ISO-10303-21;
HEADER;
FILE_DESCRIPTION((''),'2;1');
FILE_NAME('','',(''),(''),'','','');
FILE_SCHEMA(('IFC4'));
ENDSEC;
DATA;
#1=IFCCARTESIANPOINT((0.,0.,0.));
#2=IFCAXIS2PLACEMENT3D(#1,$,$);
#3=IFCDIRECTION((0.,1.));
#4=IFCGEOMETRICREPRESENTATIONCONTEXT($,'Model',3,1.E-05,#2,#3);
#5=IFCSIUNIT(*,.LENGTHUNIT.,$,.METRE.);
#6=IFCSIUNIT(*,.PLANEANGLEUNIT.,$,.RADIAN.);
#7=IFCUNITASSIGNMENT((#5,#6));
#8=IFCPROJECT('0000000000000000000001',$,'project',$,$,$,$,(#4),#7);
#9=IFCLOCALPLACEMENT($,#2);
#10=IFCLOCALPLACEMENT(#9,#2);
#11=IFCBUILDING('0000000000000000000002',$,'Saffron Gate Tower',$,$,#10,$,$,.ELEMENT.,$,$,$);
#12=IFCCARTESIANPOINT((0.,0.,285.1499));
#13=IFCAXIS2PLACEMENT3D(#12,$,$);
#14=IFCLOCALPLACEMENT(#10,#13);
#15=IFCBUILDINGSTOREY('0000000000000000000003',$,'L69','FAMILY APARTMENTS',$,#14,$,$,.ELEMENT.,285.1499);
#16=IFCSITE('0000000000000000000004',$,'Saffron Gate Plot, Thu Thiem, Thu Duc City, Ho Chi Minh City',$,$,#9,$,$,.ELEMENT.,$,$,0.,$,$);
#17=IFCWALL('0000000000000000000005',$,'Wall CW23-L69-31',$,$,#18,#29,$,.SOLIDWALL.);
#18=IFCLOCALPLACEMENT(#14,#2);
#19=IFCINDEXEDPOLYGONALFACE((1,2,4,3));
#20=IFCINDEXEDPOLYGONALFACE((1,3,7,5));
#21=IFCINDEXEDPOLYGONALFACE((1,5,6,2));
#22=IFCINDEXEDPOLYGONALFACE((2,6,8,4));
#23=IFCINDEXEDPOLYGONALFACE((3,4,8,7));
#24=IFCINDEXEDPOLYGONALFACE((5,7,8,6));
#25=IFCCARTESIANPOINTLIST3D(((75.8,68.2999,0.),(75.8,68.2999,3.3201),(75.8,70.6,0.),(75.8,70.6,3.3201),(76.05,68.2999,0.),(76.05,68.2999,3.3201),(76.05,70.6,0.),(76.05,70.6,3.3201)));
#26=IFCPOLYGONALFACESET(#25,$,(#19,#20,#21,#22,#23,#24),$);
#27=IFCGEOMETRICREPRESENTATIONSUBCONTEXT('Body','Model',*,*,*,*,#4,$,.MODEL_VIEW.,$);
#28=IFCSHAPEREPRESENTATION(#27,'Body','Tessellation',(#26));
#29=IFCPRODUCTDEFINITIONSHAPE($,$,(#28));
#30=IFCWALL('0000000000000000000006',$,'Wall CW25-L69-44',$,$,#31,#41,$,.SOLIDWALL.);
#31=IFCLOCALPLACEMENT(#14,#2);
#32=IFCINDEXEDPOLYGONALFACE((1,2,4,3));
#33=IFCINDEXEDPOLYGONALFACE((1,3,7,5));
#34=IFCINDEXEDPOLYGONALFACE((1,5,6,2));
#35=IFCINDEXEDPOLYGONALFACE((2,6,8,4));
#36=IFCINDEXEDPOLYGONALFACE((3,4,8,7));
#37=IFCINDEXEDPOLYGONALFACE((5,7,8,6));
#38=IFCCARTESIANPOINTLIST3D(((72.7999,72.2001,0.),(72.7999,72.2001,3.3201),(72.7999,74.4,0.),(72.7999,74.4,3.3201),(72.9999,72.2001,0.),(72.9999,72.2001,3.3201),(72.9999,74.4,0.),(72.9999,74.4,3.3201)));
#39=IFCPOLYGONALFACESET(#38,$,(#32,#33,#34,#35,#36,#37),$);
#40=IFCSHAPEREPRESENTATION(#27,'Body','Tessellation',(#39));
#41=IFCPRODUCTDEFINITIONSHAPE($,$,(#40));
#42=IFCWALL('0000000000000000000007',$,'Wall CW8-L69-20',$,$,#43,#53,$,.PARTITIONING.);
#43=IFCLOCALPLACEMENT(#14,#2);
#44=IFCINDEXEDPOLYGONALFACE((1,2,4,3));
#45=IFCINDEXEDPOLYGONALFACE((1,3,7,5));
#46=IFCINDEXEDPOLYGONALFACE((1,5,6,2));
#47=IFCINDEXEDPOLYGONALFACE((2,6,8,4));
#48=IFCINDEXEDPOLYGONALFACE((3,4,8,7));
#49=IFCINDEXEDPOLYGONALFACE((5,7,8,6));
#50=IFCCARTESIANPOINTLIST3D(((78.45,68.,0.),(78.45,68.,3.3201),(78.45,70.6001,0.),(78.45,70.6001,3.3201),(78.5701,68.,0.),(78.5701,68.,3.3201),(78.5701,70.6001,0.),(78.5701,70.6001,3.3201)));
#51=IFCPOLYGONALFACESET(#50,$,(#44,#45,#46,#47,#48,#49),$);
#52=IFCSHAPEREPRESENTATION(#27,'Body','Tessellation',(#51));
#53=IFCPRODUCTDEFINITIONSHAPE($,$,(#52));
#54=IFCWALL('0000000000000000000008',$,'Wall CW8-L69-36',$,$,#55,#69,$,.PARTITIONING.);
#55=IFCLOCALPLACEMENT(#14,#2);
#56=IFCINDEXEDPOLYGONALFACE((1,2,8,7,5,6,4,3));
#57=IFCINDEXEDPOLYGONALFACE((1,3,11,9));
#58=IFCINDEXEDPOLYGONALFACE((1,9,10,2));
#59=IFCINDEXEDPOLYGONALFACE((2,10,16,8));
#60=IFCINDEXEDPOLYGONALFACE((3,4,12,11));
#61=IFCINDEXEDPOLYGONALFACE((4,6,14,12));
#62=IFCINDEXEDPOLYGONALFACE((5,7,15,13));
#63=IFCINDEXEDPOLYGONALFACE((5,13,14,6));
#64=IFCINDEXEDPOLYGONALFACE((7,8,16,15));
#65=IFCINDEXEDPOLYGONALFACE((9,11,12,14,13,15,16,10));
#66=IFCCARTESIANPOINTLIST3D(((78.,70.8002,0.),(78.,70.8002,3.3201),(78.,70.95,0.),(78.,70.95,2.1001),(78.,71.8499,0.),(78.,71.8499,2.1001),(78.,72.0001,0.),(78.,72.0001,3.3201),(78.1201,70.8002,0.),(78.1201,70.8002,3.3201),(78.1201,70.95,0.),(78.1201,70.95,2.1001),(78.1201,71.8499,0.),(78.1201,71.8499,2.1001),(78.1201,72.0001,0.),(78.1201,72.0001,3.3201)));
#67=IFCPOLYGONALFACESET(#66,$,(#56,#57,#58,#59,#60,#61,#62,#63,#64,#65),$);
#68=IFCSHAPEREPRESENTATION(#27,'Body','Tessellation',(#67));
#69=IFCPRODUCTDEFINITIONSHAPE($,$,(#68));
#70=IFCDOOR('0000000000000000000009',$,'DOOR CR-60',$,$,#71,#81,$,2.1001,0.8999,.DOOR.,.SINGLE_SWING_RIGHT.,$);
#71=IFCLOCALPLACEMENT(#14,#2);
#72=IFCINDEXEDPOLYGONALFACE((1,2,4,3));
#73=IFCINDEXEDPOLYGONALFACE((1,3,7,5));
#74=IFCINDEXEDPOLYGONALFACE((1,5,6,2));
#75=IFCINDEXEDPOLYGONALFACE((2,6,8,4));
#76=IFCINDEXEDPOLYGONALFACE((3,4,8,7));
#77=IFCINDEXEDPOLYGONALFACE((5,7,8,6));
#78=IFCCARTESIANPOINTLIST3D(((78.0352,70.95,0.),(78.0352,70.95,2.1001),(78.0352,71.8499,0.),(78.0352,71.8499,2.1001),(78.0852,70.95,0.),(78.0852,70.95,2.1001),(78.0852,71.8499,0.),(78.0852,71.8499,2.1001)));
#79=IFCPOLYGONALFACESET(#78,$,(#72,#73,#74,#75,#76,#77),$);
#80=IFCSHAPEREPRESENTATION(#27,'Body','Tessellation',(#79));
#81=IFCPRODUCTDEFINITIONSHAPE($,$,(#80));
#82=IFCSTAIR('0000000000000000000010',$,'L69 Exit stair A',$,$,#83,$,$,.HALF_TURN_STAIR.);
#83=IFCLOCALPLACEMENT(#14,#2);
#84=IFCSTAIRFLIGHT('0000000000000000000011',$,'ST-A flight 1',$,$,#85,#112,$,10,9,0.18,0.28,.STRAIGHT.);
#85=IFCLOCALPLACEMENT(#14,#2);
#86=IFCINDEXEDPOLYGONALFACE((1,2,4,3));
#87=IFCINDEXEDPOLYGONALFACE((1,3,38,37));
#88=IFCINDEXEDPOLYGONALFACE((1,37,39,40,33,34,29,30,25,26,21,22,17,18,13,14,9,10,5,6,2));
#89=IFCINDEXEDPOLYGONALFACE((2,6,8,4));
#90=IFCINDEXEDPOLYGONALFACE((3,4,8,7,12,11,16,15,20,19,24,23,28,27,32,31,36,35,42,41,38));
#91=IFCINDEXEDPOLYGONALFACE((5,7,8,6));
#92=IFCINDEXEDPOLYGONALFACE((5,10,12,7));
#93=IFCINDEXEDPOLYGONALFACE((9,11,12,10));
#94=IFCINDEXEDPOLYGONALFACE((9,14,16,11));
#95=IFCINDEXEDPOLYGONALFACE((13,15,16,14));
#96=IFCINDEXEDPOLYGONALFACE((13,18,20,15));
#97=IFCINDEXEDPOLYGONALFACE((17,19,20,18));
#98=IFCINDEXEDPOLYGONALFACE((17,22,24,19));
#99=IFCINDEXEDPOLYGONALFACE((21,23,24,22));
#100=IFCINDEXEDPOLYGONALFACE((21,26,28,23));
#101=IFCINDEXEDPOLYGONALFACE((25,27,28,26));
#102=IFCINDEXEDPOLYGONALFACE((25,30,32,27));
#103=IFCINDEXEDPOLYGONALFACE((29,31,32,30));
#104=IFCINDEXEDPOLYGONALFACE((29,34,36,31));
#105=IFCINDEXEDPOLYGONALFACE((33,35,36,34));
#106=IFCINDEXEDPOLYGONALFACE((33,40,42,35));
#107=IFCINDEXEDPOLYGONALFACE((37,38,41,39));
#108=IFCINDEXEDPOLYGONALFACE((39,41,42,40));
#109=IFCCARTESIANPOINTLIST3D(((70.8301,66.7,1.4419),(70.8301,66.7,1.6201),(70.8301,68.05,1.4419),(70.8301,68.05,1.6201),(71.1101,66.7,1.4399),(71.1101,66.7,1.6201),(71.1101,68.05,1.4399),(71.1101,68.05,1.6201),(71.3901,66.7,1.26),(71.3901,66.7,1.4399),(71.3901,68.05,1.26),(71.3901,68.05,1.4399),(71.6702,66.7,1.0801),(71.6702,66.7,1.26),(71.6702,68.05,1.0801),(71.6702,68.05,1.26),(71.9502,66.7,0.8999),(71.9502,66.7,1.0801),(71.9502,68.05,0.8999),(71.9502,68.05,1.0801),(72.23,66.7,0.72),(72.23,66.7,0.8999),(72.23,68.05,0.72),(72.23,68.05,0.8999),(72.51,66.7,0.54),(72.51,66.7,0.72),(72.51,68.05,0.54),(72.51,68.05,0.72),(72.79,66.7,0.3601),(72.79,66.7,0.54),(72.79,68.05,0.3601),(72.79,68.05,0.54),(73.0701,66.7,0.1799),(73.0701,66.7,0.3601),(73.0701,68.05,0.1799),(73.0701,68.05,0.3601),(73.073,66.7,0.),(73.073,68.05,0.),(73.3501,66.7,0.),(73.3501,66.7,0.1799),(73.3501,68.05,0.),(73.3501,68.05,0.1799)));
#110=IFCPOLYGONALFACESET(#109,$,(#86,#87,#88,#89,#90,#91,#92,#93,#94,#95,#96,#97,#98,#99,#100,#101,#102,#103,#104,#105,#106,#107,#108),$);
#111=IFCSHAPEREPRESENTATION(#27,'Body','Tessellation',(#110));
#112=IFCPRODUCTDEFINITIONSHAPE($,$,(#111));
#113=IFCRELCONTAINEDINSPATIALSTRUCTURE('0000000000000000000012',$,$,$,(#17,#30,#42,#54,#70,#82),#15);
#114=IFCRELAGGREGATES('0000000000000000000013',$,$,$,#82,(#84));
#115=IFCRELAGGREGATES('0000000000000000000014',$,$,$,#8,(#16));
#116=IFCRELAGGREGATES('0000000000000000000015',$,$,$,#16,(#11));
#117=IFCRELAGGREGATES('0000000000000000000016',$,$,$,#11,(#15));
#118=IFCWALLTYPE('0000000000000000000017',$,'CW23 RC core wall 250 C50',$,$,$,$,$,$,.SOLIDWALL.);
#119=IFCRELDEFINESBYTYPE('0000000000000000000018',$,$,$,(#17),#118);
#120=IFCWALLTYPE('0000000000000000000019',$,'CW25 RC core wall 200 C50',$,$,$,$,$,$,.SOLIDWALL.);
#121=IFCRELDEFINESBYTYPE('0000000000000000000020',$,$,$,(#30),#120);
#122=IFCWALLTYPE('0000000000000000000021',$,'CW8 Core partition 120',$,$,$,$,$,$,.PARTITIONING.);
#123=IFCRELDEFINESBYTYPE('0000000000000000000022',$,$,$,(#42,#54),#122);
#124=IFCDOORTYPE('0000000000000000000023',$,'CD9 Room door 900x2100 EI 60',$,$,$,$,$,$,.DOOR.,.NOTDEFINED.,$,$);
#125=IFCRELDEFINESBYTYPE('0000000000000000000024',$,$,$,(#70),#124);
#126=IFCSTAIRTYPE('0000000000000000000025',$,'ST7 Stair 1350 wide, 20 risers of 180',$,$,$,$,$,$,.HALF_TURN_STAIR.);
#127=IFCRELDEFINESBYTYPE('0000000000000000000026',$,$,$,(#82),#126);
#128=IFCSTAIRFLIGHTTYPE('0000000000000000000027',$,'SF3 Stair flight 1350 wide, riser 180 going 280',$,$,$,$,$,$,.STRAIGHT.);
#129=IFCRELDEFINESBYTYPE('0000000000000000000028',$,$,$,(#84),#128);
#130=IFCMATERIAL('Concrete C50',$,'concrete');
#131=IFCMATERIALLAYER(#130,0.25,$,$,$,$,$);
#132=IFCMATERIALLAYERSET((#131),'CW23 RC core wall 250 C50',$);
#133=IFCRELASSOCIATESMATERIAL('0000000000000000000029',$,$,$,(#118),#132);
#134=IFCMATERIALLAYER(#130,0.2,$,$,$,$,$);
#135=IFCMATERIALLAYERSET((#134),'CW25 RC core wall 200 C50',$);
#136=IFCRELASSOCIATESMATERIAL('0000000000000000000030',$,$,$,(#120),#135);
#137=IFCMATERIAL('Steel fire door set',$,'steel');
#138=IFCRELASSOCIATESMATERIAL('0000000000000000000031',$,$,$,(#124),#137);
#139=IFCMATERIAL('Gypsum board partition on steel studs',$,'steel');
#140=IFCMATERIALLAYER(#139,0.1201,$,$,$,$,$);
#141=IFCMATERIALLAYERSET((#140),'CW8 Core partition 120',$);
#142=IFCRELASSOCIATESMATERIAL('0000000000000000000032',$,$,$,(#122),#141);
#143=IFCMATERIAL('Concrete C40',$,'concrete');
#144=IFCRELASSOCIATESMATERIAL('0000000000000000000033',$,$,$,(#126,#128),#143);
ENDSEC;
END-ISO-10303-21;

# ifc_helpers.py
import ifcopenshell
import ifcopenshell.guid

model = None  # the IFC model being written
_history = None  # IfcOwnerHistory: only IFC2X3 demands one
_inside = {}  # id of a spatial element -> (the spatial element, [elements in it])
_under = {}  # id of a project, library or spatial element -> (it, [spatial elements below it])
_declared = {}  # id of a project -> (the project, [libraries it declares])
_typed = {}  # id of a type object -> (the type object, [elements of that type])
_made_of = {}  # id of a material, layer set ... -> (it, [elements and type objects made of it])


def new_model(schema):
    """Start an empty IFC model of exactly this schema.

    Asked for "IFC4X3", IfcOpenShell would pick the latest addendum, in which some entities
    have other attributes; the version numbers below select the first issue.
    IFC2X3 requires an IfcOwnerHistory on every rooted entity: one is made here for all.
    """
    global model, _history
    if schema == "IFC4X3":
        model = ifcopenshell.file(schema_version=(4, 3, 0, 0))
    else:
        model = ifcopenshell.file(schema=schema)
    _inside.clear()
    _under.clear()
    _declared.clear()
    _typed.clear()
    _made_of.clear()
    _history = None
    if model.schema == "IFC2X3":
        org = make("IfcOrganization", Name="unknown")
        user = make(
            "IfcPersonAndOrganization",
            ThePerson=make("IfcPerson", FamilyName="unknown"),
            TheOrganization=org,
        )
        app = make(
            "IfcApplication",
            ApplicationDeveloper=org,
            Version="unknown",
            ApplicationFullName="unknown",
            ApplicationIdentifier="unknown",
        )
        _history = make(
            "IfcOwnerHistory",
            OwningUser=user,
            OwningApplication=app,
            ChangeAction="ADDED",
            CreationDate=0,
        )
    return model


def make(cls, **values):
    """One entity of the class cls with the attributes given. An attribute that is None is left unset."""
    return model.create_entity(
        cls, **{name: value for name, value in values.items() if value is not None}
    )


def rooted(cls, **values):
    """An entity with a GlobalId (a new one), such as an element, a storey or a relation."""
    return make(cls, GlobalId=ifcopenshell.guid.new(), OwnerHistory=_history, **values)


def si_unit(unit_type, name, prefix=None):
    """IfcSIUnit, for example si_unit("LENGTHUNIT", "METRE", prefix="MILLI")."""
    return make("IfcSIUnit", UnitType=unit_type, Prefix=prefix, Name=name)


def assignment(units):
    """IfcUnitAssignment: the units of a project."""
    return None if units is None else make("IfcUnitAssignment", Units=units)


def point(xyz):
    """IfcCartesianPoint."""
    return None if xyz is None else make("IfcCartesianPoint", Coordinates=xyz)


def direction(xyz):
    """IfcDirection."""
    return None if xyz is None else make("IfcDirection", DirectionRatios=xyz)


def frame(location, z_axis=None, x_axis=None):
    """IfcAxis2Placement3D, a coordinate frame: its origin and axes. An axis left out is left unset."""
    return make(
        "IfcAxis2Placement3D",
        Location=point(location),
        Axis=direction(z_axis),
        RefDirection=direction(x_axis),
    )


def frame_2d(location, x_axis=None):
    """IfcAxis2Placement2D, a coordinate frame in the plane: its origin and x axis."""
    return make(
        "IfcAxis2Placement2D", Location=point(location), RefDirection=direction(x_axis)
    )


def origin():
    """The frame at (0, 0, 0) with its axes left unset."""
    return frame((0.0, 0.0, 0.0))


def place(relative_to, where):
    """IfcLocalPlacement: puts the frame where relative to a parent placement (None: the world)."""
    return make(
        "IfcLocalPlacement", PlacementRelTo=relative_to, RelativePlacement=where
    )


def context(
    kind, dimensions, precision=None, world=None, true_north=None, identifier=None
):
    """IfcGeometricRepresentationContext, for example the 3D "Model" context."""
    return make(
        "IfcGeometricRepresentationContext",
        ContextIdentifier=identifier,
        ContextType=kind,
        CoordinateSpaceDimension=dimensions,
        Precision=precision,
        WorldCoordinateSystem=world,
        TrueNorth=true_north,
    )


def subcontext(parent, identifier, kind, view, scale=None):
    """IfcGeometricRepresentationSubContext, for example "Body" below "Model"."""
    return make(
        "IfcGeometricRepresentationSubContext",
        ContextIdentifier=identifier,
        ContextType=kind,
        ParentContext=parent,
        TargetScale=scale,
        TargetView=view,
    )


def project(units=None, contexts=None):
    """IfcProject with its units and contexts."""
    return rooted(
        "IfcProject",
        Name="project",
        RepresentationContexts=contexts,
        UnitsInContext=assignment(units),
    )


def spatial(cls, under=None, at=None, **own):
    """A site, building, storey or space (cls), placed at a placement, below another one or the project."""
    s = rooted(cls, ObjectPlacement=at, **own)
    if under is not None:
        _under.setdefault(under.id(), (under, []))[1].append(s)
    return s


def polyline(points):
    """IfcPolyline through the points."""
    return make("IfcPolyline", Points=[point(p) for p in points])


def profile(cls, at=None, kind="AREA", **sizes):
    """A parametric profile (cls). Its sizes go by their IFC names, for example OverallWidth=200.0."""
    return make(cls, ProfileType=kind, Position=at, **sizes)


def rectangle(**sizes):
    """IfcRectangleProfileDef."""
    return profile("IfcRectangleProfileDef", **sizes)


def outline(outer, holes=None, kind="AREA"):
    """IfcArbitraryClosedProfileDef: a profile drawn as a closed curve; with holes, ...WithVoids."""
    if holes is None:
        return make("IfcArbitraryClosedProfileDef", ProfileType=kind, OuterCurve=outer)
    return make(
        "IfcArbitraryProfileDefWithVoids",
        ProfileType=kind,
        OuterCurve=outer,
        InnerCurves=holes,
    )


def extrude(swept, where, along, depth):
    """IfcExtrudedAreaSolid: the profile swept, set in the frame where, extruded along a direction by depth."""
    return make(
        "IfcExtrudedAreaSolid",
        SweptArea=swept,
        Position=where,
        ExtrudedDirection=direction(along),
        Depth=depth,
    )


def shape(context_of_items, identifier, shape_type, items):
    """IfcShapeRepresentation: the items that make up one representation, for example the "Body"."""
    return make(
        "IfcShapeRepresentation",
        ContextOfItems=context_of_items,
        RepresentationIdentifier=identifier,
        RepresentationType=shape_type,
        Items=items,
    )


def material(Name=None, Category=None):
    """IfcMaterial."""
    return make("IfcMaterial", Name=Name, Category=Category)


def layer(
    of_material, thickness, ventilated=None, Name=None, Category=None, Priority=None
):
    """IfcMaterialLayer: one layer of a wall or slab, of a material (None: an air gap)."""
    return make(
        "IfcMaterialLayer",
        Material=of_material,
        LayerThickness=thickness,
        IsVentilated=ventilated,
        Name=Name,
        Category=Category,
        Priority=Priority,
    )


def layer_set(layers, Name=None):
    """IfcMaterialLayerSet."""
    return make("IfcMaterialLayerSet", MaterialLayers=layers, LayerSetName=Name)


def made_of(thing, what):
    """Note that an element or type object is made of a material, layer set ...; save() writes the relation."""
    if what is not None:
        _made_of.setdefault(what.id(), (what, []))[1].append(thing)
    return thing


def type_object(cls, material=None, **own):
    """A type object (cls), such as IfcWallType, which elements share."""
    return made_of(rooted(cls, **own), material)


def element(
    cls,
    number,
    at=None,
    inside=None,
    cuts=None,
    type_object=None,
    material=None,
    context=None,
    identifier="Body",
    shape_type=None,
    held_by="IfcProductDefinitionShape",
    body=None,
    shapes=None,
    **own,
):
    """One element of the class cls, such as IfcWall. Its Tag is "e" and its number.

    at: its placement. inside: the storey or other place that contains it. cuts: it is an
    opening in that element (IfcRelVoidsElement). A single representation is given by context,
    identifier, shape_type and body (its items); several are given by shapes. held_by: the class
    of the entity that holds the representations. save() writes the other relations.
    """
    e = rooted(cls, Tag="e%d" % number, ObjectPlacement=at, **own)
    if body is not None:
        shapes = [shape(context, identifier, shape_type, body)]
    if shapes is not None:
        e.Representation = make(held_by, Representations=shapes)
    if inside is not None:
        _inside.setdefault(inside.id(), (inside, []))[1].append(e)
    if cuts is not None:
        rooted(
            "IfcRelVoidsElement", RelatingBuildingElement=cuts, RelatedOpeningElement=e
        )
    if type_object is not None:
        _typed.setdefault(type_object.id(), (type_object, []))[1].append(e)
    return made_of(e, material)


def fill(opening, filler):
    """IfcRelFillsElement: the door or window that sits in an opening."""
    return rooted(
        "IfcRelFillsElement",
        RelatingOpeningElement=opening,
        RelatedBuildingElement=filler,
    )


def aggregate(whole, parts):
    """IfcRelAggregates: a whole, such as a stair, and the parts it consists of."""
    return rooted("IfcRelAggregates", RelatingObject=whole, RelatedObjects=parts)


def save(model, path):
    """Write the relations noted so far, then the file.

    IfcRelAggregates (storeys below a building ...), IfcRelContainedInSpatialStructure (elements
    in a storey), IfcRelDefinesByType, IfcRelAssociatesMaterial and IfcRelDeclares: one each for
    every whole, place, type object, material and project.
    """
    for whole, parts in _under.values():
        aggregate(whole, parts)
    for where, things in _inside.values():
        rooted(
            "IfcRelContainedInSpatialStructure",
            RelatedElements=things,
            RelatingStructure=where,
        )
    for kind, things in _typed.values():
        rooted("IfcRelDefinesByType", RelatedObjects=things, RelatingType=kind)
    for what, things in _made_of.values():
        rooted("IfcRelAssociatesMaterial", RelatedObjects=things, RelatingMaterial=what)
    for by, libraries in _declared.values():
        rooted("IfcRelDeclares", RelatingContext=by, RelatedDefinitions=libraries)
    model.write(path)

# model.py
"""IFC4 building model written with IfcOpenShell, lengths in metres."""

from ifc_helpers import new_model, si_unit, direction, frame, frame_2d, origin, place, context, subcontext, project, spatial, polyline, rectangle, outline, extrude, material, layer, layer_set, type_object, element, fill, aggregate, save


model = new_model("IFC4")

# Units and contexts
model_context = context("Model", 3, precision=1e-05, world=origin(), true_north=direction((0.0, 1.0)))
body_context = subcontext(model_context, "Body", "Model", "MODEL_VIEW")
ifc_project = project(units=[si_unit("LENGTHUNIT", "METRE"), si_unit("PLANEANGLEUNIT", "RADIAN")], contexts=[model_context])

# Site, building, storey
site_placement = place(None, origin())
site = spatial("IfcSite", under=ifc_project, at=site_placement, Name="Saffron Gate Plot, Thu Thiem, Thu Duc City, Ho Chi Minh City", CompositionType="ELEMENT", RefElevation=0.0)
building_placement = place(site_placement, origin())
building = spatial("IfcBuilding", under=site, at=building_placement, Name="Saffron Gate Tower", CompositionType="ELEMENT")
storey_placement = place(building_placement, frame((0.0, 0.0, 285.1499)))
storey = spatial("IfcBuildingStorey", under=building, at=storey_placement, Name="L69", Description="FAMILY APARTMENTS", CompositionType="ELEMENT", Elevation=285.1499)

# Wall
ifc_material_1 = material(Name="Concrete C50", Category="concrete")
ifc_layer_1 = layer(ifc_material_1, 0.25)
ifc_layer_set_1 = layer_set([ifc_layer_1], Name="CW23 RC core wall 250 C50")
wall_type_1 = type_object("IfcWallType", Name="CW23 RC core wall 250 C50", PredefinedType="SOLIDWALL", material=ifc_layer_set_1)
wall_1_placement = place(storey_placement, frame((75.925, 68.3, 0.0), z_axis=(0.0, 0.0, 1.0), x_axis=(0.0, 1.0, 0.0)))
element("IfcWall", 1, at=wall_1_placement, inside=storey, type_object=wall_type_1, Name="Wall CW23-L69-31", PredefinedType="SOLIDWALL", context=body_context, shape_type="SweptSolid", body=[
    extrude(rectangle(XDim=2.3, YDim=0.25, at=frame_2d((1.1499, 0.0))), origin(), (0.0, 0.0, 1.0), 3.3201),
])

# Shared definitions
ifc_layer_2 = layer(ifc_material_1, 0.2)
ifc_layer_set_2 = layer_set([ifc_layer_2], Name="CW25 RC core wall 200 C50")
wall_type_2 = type_object("IfcWallType", Name="CW25 RC core wall 200 C50", PredefinedType="SOLIDWALL", material=ifc_layer_set_2)
ifc_material_2 = material(Name="Steel fire door set", Category="steel")
door_type_1 = type_object("IfcDoorType", Name="CD9 Room door 900x2100 EI 60", OperationType="NOTDEFINED", PredefinedType="DOOR", material=ifc_material_2)

# Walls
wall_2_placement = place(storey_placement, frame((72.8999, 72.2, 0.0), z_axis=(0.0, 0.0, 1.0), x_axis=(0.0, 1.0, 0.0)))
element("IfcWall", 2, at=wall_2_placement, inside=storey, type_object=wall_type_2, Name="Wall CW25-L69-44", PredefinedType="SOLIDWALL", context=body_context, shape_type="SweptSolid", body=[
    extrude(rectangle(XDim=2.2, YDim=0.2, at=frame_2d((1.1001, 0.0))), origin(), (0.0, 0.0, 1.0), 3.3201),
])
ifc_material_3 = material(Name="Gypsum board partition on steel studs", Category="steel")
ifc_layer_3 = layer(ifc_material_3, 0.1201)
ifc_layer_set_3 = layer_set([ifc_layer_3], Name="CW8 Core partition 120")
wall_type_3 = type_object("IfcWallType", Name="CW8 Core partition 120", PredefinedType="PARTITIONING", material=ifc_layer_set_3)
wall_3_placement = place(storey_placement, frame((78.51, 68.0, 0.0), z_axis=(0.0, 0.0, 1.0), x_axis=(0.0, 1.0, 0.0)))
element("IfcWall", 3, at=wall_3_placement, inside=storey, type_object=wall_type_3, Name="Wall CW8-L69-20", PredefinedType="PARTITIONING", context=body_context, shape_type="SweptSolid", body=[
    extrude(rectangle(XDim=2.6001, YDim=0.1201, at=frame_2d((1.3, 0.0))), origin(), (0.0, 0.0, 1.0), 3.3201),
])

# Wall, opening, door
wall_4_placement = place(storey_placement, frame((78.0601, 70.8, 0.0), z_axis=(0.0, 0.0, 1.0), x_axis=(0.0, 1.0, 0.0)))
wall_4 = element("IfcWall", 4, at=wall_4_placement, inside=storey, type_object=wall_type_3, Name="Wall CW8-L69-36", PredefinedType="PARTITIONING", context=body_context, shape_type="SweptSolid", body=[
    extrude(rectangle(XDim=1.2, YDim=0.1201, at=frame_2d((0.6001, 0.0))), origin(), (0.0, 0.0, 1.0), 3.3201),
])
opening_1_placement = place(wall_4_placement, frame((0.1499, 0.0, 0.0)))
opening_1 = element("IfcOpeningElement", 5, at=opening_1_placement, cuts=wall_4, PredefinedType="OPENING", context=body_context, shape_type="SweptSolid", body=[
    extrude(rectangle(XDim=0.8999, YDim=2.1001, at=frame_2d((0.45, 1.05))), frame((0.0, 0.0701, 0.0), z_axis=(0.0, -1.0, 0.0), x_axis=(1.0, 0.0, 0.0)), (0.0, 0.0, 1.0), 0.1401),
])
door_1_placement = place(opening_1_placement, origin())
door_1 = element("IfcDoor", 6, at=door_1_placement, inside=storey, type_object=door_type_1, Name="DOOR CR-60", OperationType="SINGLE_SWING_RIGHT", OverallHeight=2.1001, OverallWidth=0.8999, PredefinedType="DOOR", context=body_context, shape_type="SweptSolid", body=[
    extrude(rectangle(XDim=0.8999, YDim=2.1001, at=frame_2d((0.45, 1.05))), frame((0.0, 0.0249, 0.0), z_axis=(0.0, -1.0, 0.0), x_axis=(1.0, 0.0, 0.0)), (0.0, 0.0, 1.0), 0.05),
])
fill(opening_1, door_1)

# Stair, stair flight
ifc_material_4 = material(Name="Concrete C40", Category="concrete")
stair_type = type_object("IfcStairType", Name="ST7 Stair 1350 wide, 20 risers of 180", PredefinedType="HALF_TURN_STAIR", material=ifc_material_4)
stair_placement = place(storey_placement, origin())
stair = element("IfcStair", 7, at=stair_placement, inside=storey, type_object=stair_type, Name="L69 Exit stair A", PredefinedType="HALF_TURN_STAIR")
stair_flight_type = type_object("IfcStairFlightType", Name="SF3 Stair flight 1350 wide, riser 180 going 280", PredefinedType="STRAIGHT", material=ifc_material_4)
stair_flight_placement = place(storey_placement, frame((73.3501, 67.375, 0.0), z_axis=(0.0, 0.0, 1.0), x_axis=(-1.0, 0.0, 0.0)))
stair_flight = element("IfcStairFlight", 8, at=stair_flight_placement, type_object=stair_flight_type, Name="ST-A flight 1", NumberOfRisers=10, NumberOfTreads=9, PredefinedType="STRAIGHT", RiserHeight=0.18, TreadLength=0.28, context=body_context, shape_type="SweptSolid", body=[
    extrude(outline(polyline([(0.0, 0.0), (0.0, 0.1799), (0.28, 0.1799), (0.28, 0.3601), (0.5601, 0.3601), (0.5601, 0.54), (0.8401, 0.54), (0.8401, 0.72), (1.1201, 0.72), (1.1201, 0.8999), (1.3999, 0.8999), (1.3999, 1.0801), (1.6799, 1.0801), (1.6799, 1.26), (1.96, 1.26), (1.96, 1.4399), (2.24, 1.4399), (2.24, 1.6201), (2.52, 1.6201), (2.52, 1.8), (2.52, 1.4419), (0.2771, 0.0), (0.0, 0.0)])), frame((0.0, 0.675, 0.0), z_axis=(0.0, -1.0, 0.0), x_axis=(1.0, 0.0, 0.0)), (0.0, 0.0, 1.0), 1.3501),
])
aggregate(stair, [stair_flight])

save(model, "model.ifc")
